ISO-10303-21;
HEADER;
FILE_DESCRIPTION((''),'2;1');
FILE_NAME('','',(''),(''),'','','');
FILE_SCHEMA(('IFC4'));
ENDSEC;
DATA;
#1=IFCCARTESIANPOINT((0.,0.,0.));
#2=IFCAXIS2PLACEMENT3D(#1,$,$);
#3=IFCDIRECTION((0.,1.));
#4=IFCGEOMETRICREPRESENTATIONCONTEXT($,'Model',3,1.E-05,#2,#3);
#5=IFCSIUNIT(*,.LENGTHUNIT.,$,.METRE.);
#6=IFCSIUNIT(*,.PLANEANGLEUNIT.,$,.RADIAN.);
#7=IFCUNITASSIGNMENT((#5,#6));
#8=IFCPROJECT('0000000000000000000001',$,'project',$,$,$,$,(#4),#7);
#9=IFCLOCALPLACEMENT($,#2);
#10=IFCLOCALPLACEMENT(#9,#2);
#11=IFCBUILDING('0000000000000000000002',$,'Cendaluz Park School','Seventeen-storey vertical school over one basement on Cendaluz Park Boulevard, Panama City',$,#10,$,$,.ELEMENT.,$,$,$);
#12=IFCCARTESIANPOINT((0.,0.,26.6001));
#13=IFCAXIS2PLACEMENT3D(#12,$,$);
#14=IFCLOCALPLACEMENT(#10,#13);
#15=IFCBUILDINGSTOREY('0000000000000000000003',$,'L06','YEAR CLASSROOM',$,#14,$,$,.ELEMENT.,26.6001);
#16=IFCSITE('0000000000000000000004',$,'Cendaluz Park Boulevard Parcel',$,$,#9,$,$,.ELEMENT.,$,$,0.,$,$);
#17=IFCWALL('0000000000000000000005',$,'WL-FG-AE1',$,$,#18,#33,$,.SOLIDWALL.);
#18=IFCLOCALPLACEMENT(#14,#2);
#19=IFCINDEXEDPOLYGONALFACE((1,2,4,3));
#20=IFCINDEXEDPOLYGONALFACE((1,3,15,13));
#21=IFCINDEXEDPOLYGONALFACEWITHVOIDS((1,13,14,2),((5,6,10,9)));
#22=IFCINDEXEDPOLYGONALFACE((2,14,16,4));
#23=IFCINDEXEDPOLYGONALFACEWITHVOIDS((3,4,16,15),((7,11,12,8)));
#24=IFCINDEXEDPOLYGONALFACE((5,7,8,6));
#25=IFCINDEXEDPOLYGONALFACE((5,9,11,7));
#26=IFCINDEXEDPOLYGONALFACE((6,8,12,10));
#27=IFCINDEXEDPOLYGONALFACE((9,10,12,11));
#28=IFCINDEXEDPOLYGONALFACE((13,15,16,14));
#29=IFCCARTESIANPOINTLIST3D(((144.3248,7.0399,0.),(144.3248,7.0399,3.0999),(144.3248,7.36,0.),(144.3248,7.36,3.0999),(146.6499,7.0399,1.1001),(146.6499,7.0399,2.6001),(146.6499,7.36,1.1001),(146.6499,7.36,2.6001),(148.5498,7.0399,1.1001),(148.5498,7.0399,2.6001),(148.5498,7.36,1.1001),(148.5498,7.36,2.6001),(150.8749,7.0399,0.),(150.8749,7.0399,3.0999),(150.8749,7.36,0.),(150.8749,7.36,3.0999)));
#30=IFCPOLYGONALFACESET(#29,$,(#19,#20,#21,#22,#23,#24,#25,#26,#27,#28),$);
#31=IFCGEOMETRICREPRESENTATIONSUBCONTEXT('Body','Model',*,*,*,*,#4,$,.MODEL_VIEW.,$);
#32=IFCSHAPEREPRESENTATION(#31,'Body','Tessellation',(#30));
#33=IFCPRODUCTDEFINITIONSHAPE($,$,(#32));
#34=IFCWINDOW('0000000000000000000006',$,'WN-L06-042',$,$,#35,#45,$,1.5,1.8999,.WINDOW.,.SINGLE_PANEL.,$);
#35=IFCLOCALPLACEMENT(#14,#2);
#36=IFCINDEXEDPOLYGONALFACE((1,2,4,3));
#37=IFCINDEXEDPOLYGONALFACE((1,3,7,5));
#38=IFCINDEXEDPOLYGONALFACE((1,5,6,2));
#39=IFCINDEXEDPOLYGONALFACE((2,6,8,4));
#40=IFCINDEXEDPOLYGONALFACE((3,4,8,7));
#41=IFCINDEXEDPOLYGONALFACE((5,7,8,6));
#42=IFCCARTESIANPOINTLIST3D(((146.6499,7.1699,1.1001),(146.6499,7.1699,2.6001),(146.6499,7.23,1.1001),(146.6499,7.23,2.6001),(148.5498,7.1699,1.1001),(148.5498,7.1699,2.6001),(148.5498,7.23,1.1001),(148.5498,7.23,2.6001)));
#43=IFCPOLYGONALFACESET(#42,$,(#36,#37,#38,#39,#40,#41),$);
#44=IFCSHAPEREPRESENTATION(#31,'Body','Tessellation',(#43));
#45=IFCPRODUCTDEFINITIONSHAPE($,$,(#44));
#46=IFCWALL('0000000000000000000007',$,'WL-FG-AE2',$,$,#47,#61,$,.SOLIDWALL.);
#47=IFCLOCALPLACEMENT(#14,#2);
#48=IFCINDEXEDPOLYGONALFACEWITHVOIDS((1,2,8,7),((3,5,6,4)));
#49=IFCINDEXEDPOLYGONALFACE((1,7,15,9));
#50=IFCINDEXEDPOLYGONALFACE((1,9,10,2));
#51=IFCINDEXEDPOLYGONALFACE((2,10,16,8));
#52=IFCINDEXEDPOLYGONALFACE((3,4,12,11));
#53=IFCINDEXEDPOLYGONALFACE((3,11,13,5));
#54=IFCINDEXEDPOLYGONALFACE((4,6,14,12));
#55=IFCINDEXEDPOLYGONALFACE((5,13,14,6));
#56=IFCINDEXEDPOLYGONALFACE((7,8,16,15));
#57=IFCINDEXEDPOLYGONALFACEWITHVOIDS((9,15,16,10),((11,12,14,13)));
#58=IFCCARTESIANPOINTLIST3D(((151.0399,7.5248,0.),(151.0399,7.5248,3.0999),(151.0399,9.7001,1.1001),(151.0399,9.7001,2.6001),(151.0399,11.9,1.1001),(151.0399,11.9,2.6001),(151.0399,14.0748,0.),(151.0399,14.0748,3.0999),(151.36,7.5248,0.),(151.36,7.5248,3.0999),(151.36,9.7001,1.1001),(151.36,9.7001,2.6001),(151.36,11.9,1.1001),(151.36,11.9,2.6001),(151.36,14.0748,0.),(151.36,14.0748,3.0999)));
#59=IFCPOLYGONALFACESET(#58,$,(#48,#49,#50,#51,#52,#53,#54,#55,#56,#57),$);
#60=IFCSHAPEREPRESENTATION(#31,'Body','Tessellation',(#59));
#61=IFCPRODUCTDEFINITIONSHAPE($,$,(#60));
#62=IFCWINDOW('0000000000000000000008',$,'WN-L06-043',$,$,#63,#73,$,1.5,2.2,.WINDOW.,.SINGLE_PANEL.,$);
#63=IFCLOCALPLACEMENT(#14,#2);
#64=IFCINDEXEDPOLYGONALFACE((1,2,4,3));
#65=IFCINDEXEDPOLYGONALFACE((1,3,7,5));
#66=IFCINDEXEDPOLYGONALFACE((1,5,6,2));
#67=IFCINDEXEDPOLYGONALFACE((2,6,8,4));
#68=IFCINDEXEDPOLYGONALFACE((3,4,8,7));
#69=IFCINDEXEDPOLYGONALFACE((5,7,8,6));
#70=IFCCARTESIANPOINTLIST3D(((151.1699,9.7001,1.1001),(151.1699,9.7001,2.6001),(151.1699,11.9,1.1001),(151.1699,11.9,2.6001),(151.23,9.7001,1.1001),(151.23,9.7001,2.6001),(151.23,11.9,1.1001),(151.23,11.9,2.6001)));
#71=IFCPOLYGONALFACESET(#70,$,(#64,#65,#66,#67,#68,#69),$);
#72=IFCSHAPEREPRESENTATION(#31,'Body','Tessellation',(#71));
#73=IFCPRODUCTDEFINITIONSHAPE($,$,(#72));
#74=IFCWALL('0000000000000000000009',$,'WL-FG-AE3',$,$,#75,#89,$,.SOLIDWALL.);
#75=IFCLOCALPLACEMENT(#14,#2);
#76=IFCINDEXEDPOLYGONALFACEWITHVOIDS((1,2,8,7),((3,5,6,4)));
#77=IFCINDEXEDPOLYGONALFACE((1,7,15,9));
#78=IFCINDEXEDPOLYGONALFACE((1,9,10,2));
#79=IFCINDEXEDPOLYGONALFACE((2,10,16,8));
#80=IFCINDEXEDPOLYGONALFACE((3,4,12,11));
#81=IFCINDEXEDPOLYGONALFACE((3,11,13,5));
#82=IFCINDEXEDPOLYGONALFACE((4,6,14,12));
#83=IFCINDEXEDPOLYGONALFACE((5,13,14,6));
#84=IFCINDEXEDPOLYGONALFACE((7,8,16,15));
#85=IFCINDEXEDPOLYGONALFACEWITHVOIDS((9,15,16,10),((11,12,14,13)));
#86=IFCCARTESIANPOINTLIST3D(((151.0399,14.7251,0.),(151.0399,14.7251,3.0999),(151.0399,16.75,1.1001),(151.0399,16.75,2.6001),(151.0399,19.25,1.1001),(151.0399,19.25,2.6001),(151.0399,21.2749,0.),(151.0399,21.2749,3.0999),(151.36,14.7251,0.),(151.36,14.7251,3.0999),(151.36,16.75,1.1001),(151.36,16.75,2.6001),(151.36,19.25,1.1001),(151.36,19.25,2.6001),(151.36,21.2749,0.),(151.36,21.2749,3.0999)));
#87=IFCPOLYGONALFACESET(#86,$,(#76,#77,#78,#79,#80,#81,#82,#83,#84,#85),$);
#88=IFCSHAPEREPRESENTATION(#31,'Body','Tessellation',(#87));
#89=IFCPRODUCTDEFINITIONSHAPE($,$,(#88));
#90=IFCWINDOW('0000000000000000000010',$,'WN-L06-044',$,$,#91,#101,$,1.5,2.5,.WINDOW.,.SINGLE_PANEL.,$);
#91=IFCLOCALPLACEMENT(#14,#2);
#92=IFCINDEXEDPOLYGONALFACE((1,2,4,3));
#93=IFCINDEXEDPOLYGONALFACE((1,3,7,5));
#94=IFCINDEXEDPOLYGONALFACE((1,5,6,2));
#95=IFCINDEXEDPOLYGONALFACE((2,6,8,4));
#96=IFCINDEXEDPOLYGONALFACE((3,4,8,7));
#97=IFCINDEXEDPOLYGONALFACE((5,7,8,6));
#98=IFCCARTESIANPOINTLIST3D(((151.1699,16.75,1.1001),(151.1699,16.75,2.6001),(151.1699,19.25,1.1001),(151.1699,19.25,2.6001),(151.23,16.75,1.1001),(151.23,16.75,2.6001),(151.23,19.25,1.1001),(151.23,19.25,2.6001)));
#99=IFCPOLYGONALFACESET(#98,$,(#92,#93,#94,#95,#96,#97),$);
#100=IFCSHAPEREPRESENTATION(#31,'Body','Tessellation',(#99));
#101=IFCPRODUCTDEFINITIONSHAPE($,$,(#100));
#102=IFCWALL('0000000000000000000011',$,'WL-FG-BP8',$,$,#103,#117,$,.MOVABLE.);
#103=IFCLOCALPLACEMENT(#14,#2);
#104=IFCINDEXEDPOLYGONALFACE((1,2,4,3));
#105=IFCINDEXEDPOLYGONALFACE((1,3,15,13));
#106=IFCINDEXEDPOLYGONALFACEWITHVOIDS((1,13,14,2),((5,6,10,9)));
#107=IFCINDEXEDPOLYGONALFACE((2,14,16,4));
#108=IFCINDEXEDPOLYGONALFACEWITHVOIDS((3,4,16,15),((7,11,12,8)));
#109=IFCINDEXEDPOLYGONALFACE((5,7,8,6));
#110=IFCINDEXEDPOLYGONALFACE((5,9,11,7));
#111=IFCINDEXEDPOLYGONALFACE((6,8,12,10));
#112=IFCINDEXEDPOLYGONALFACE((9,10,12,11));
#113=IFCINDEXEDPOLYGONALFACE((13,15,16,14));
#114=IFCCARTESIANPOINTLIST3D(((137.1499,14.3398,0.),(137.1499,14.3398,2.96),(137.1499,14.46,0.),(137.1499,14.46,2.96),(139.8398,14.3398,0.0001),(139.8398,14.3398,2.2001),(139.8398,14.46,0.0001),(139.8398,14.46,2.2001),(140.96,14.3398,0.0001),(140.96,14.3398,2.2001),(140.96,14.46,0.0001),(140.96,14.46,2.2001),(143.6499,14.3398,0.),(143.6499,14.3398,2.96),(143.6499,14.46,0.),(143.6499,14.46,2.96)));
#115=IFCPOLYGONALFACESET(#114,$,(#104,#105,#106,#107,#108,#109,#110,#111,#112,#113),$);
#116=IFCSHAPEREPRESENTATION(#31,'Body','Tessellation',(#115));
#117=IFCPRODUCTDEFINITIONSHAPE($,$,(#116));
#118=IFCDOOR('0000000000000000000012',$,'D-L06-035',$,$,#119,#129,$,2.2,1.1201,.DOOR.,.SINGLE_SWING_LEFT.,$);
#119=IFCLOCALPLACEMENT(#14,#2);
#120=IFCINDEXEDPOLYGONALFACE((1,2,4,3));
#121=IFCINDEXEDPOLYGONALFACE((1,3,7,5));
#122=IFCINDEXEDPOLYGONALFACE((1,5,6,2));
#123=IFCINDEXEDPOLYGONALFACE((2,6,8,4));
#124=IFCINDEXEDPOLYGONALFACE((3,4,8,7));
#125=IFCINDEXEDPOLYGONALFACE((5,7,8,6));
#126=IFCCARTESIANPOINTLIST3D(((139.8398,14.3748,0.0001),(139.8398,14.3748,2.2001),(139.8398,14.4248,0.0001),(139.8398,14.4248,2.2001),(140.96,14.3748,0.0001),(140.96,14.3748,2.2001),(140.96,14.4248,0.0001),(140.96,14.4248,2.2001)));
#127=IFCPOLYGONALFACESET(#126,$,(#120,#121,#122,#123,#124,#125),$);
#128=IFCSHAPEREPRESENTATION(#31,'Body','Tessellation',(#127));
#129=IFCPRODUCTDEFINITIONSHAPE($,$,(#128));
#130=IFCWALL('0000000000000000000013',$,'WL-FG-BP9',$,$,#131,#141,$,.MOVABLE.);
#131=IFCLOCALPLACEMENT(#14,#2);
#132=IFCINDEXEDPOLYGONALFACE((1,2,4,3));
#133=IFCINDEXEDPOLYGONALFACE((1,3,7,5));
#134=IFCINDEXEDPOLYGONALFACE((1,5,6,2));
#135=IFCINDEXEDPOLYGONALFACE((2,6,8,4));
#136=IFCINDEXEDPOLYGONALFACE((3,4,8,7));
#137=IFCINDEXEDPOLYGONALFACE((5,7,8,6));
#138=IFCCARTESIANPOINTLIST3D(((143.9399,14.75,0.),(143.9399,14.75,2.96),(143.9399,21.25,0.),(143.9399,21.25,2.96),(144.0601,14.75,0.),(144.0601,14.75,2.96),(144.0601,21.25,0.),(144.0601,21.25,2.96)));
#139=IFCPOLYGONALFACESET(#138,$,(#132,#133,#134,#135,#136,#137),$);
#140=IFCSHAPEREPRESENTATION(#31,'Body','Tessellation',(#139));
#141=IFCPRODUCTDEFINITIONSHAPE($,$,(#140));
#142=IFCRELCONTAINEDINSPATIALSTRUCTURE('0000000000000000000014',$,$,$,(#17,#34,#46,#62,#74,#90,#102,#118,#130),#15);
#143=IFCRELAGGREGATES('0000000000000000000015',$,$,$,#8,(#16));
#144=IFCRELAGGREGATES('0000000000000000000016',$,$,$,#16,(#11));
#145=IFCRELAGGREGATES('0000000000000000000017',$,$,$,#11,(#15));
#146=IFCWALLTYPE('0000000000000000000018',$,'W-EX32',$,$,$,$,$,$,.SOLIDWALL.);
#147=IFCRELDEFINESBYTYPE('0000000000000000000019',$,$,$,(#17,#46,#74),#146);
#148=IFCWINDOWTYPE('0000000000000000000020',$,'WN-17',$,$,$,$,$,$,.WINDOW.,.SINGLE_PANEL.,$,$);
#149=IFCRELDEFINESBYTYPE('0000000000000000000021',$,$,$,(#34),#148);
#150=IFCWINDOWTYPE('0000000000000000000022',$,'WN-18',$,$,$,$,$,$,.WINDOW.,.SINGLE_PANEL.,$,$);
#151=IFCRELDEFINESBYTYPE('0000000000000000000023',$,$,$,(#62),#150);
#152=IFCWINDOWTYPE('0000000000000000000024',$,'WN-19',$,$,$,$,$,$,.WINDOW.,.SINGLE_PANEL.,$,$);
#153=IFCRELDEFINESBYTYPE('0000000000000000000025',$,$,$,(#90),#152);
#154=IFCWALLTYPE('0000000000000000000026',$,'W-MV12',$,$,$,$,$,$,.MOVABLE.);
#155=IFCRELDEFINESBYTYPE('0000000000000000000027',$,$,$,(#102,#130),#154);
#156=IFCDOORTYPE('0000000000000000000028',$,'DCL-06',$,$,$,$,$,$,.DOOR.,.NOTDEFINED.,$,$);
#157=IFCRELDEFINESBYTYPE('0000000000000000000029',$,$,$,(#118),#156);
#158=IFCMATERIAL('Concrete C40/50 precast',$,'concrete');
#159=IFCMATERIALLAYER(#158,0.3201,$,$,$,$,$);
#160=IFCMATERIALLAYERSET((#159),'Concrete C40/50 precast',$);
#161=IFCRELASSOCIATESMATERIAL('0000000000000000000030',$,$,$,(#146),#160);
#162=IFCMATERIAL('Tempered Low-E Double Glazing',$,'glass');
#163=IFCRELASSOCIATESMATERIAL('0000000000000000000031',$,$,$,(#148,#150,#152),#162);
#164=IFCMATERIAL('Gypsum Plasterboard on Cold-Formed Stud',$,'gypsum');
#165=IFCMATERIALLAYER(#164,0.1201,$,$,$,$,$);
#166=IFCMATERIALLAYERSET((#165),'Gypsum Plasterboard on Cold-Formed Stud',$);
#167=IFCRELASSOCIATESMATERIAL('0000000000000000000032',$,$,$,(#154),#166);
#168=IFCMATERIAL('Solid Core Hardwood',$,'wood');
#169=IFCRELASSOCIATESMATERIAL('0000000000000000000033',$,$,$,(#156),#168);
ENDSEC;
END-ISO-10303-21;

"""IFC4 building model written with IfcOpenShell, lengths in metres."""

from ifc_helpers import new_model, si_unit, direction, frame, frame_2d, origin, place, context, subcontext, project, spatial, rectangle, extrude, material, layer, layer_set, type_object, element, fill, save


model = new_model("IFC4")

# Units and contexts
model_context = context("Model", 3, precision=1e-05, world=origin(), true_north=direction((0.0, 1.0)))
body_context = subcontext(model_context, "Body", "Model", "MODEL_VIEW")
ifc_project = project(units=[si_unit("LENGTHUNIT", "METRE"), si_unit("PLANEANGLEUNIT", "RADIAN")], contexts=[model_context])

# Site, building, storey
site_placement = place(None, origin())
site = spatial("IfcSite", under=ifc_project, at=site_placement, Name="Cendaluz Park Boulevard Parcel", CompositionType="ELEMENT", RefElevation=0.0)
building_placement = place(site_placement, origin())
building = spatial("IfcBuilding", under=site, at=building_placement, Name="Cendaluz Park School", Description="Seventeen-storey vertical school over one basement on Cendaluz Park Boulevard, Panama City", CompositionType="ELEMENT")
storey_placement = place(building_placement, frame((0.0, 0.0, 26.6001)))
storey = spatial("IfcBuildingStorey", under=building, at=storey_placement, Name="L06", Description="YEAR CLASSROOM", CompositionType="ELEMENT", Elevation=26.6001)

# Shared definitions
ifc_material_1 = material(Name="Gypsum Plasterboard on Cold-Formed Stud", Category="gypsum")
ifc_material_2 = material(Name="Solid Core Hardwood", Category="wood")

# Walls, openings, windows
ifc_material_3 = material(Name="Concrete C40/50 precast", Category="concrete")
ifc_layer_1 = layer(ifc_material_3, 0.3201)
ifc_layer_set_1 = layer_set([ifc_layer_1], Name="Concrete C40/50 precast")
wall_type_1 = type_object("IfcWallType", Name="W-EX32", PredefinedType="SOLIDWALL", material=ifc_layer_set_1)
wall_1_placement = place(storey_placement, frame((144.325, 7.2, 0.0), z_axis=(0.0, 0.0, 1.0), x_axis=(1.0, 0.0, 0.0)))
wall_1 = element("IfcWall", 1, at=wall_1_placement, inside=storey, type_object=wall_type_1, Name="WL-FG-AE1", PredefinedType="SOLIDWALL", context=body_context, shape_type="SweptSolid", body=[
    extrude(rectangle(XDim=6.55, YDim=0.3201, at=frame_2d((3.2749, 0.0))), origin(), (0.0, 0.0, 1.0), 3.0999),
])
opening_1_placement = place(wall_1_placement, frame((2.325, 0.0, 1.1001)))
opening_1 = element("IfcOpeningElement", 2, at=opening_1_placement, cuts=wall_1, PredefinedType="OPENING", context=body_context, shape_type="SweptSolid", body=[
    extrude(rectangle(XDim=1.8999, YDim=1.5, at=frame_2d((0.95, 0.75))), frame((0.0, 0.1721, 0.0), z_axis=(0.0, -1.0, 0.0), x_axis=(1.0, 0.0, 0.0)), (0.0, 0.0, 1.0), 0.344),
])
ifc_material_4 = material(Name="Tempered Low-E Double Glazing", Category="glass")
window_type_1 = type_object("IfcWindowType", Name="WN-17", PartitioningType="SINGLE_PANEL", PredefinedType="WINDOW", material=ifc_material_4)
window_1_placement = place(opening_1_placement, origin())
window_1 = element("IfcWindow", 3, at=window_1_placement, inside=storey, type_object=window_type_1, Name="WN-L06-042", OverallHeight=1.5, OverallWidth=1.8999, PartitioningType="SINGLE_PANEL", PredefinedType="WINDOW", context=body_context, shape_type="SweptSolid", body=[
    extrude(rectangle(XDim=1.8999, YDim=1.5, at=frame_2d((0.95, 0.75))), frame((0.0, 0.03, 0.0), z_axis=(0.0, -1.0, 0.0), x_axis=(1.0, 0.0, 0.0)), (0.0, 0.0, 1.0), 0.0601),
])
fill(opening_1, window_1)
wall_2_placement = place(storey_placement, frame((151.2, 7.5249, 0.0), z_axis=(0.0, 0.0, 1.0), x_axis=(0.0, 1.0, 0.0)))
wall_2 = element("IfcWall", 4, at=wall_2_placement, inside=storey, type_object=wall_type_1, Name="WL-FG-AE2", PredefinedType="SOLIDWALL", context=body_context, shape_type="SweptSolid", body=[
    extrude(rectangle(XDim=6.55, YDim=0.3201, at=frame_2d((3.2749, 0.0))), origin(), (0.0, 0.0, 1.0), 3.0999),
])
opening_2_placement = place(wall_2_placement, frame((2.175, 0.0, 1.1001)))
opening_2 = element("IfcOpeningElement", 5, at=opening_2_placement, cuts=wall_2, PredefinedType="OPENING", context=body_context, shape_type="SweptSolid", body=[
    extrude(rectangle(XDim=2.2, YDim=1.5, at=frame_2d((1.1001, 0.75))), frame((0.0, 0.1721, 0.0), z_axis=(0.0, -1.0, 0.0), x_axis=(1.0, 0.0, 0.0)), (0.0, 0.0, 1.0), 0.344),
])
window_type_2 = type_object("IfcWindowType", Name="WN-18", PartitioningType="SINGLE_PANEL", PredefinedType="WINDOW", material=ifc_material_4)
window_2_placement = place(opening_2_placement, origin())
window_2 = element("IfcWindow", 6, at=window_2_placement, inside=storey, type_object=window_type_2, Name="WN-L06-043", OverallHeight=1.5, OverallWidth=2.2, PartitioningType="SINGLE_PANEL", PredefinedType="WINDOW", context=body_context, shape_type="SweptSolid", body=[
    extrude(rectangle(XDim=2.2, YDim=1.5, at=frame_2d((1.1001, 0.75))), frame((0.0, 0.03, 0.0), z_axis=(0.0, -1.0, 0.0), x_axis=(1.0, 0.0, 0.0)), (0.0, 0.0, 1.0), 0.0601),
])
fill(opening_2, window_2)
wall_3_placement = place(storey_placement, frame((151.2, 14.7251, 0.0), z_axis=(0.0, 0.0, 1.0), x_axis=(0.0, 1.0, 0.0)))
wall_3 = element("IfcWall", 7, at=wall_3_placement, inside=storey, type_object=wall_type_1, Name="WL-FG-AE3", PredefinedType="SOLIDWALL", context=body_context, shape_type="SweptSolid", body=[
    extrude(rectangle(XDim=6.5498, YDim=0.3201, at=frame_2d((3.2749, 0.0))), origin(), (0.0, 0.0, 1.0), 3.0999),
])
opening_3_placement = place(wall_3_placement, frame((2.0249, 0.0, 1.1001)))
opening_3 = element("IfcOpeningElement", 8, at=opening_3_placement, cuts=wall_3, PredefinedType="OPENING", context=body_context, shape_type="SweptSolid", body=[
    extrude(rectangle(XDim=2.5, YDim=1.5, at=frame_2d((1.25, 0.75))), frame((0.0, 0.1721, 0.0), z_axis=(0.0, -1.0, 0.0), x_axis=(1.0, 0.0, 0.0)), (0.0, 0.0, 1.0), 0.344),
])
window_type_3 = type_object("IfcWindowType", Name="WN-19", PartitioningType="SINGLE_PANEL", PredefinedType="WINDOW", material=ifc_material_4)
window_3_placement = place(opening_3_placement, origin())
window_3 = element("IfcWindow", 9, at=window_3_placement, inside=storey, type_object=window_type_3, Name="WN-L06-044", OverallHeight=1.5, OverallWidth=2.5, PartitioningType="SINGLE_PANEL", PredefinedType="WINDOW", context=body_context, shape_type="SweptSolid", body=[
    extrude(rectangle(XDim=2.5, YDim=1.5, at=frame_2d((1.25, 0.75))), frame((0.0, 0.03, 0.0), z_axis=(0.0, -1.0, 0.0), x_axis=(1.0, 0.0, 0.0)), (0.0, 0.0, 1.0), 0.0601),
])
fill(opening_3, window_3)

# Wall, opening, door
ifc_layer_2 = layer(ifc_material_1, 0.1201)
ifc_layer_set_2 = layer_set([ifc_layer_2], Name="Gypsum Plasterboard on Cold-Formed Stud")
wall_type_2 = type_object("IfcWallType", Name="W-MV12", PredefinedType="MOVABLE", material=ifc_layer_set_2)
wall_4_placement = place(storey_placement, frame((137.1499, 14.3999, 0.0), z_axis=(0.0, 0.0, 1.0), x_axis=(1.0, 0.0, 0.0)))
wall_4 = element("IfcWall", 10, at=wall_4_placement, inside=storey, type_object=wall_type_2, Name="WL-FG-BP8", PredefinedType="MOVABLE", context=body_context, shape_type="SweptSolid", body=[
    extrude(rectangle(XDim=6.5, YDim=0.1201, at=frame_2d((3.25, 0.0))), origin(), (0.0, 0.0, 1.0), 2.96),
])
opening_4_placement = place(wall_4_placement, frame((2.6899, 0.0, 0.0)))
opening_4 = element("IfcOpeningElement", 11, at=opening_4_placement, cuts=wall_4, PredefinedType="OPENING", context=body_context, shape_type="SweptSolid", body=[
    extrude(rectangle(XDim=1.1201, YDim=2.2, at=frame_2d((0.5601, 1.1001))), frame((0.0, 0.072, 0.0), z_axis=(0.0, -1.0, 0.0), x_axis=(1.0, 0.0, 0.0)), (0.0, 0.0, 1.0), 0.144),
])
door_type_1 = type_object("IfcDoorType", Name="DCL-06", OperationType="NOTDEFINED", PredefinedType="DOOR", material=ifc_material_2)
door_1_placement = place(opening_4_placement, origin())
door_1 = element("IfcDoor", 12, at=door_1_placement, inside=storey, type_object=door_type_1, Name="D-L06-035", OperationType="SINGLE_SWING_LEFT", OverallHeight=2.2, OverallWidth=1.1201, PredefinedType="DOOR", context=body_context, shape_type="SweptSolid", body=[
    extrude(rectangle(XDim=1.1201, YDim=2.2, at=frame_2d((0.5601, 1.1001))), frame((0.0, 0.0249, 0.0), z_axis=(0.0, -1.0, 0.0), x_axis=(1.0, 0.0, 0.0)), (0.0, 0.0, 1.0), 0.05),
])
fill(opening_4, door_1)

# Wall
wall_5_placement = place(storey_placement, frame((144.0, 14.75, 0.0), z_axis=(0.0, 0.0, 1.0), x_axis=(0.0, 1.0, 0.0)))
element("IfcWall", 13, at=wall_5_placement, inside=storey, type_object=wall_type_2, Name="WL-FG-BP9", PredefinedType="MOVABLE", context=body_context, shape_type="SweptSolid", body=[
    extrude(rectangle(XDim=6.5, YDim=0.1201, at=frame_2d((3.25, 0.0))), origin(), (0.0, 0.0, 1.0), 2.96),
])

save(model, "model.ifc")
